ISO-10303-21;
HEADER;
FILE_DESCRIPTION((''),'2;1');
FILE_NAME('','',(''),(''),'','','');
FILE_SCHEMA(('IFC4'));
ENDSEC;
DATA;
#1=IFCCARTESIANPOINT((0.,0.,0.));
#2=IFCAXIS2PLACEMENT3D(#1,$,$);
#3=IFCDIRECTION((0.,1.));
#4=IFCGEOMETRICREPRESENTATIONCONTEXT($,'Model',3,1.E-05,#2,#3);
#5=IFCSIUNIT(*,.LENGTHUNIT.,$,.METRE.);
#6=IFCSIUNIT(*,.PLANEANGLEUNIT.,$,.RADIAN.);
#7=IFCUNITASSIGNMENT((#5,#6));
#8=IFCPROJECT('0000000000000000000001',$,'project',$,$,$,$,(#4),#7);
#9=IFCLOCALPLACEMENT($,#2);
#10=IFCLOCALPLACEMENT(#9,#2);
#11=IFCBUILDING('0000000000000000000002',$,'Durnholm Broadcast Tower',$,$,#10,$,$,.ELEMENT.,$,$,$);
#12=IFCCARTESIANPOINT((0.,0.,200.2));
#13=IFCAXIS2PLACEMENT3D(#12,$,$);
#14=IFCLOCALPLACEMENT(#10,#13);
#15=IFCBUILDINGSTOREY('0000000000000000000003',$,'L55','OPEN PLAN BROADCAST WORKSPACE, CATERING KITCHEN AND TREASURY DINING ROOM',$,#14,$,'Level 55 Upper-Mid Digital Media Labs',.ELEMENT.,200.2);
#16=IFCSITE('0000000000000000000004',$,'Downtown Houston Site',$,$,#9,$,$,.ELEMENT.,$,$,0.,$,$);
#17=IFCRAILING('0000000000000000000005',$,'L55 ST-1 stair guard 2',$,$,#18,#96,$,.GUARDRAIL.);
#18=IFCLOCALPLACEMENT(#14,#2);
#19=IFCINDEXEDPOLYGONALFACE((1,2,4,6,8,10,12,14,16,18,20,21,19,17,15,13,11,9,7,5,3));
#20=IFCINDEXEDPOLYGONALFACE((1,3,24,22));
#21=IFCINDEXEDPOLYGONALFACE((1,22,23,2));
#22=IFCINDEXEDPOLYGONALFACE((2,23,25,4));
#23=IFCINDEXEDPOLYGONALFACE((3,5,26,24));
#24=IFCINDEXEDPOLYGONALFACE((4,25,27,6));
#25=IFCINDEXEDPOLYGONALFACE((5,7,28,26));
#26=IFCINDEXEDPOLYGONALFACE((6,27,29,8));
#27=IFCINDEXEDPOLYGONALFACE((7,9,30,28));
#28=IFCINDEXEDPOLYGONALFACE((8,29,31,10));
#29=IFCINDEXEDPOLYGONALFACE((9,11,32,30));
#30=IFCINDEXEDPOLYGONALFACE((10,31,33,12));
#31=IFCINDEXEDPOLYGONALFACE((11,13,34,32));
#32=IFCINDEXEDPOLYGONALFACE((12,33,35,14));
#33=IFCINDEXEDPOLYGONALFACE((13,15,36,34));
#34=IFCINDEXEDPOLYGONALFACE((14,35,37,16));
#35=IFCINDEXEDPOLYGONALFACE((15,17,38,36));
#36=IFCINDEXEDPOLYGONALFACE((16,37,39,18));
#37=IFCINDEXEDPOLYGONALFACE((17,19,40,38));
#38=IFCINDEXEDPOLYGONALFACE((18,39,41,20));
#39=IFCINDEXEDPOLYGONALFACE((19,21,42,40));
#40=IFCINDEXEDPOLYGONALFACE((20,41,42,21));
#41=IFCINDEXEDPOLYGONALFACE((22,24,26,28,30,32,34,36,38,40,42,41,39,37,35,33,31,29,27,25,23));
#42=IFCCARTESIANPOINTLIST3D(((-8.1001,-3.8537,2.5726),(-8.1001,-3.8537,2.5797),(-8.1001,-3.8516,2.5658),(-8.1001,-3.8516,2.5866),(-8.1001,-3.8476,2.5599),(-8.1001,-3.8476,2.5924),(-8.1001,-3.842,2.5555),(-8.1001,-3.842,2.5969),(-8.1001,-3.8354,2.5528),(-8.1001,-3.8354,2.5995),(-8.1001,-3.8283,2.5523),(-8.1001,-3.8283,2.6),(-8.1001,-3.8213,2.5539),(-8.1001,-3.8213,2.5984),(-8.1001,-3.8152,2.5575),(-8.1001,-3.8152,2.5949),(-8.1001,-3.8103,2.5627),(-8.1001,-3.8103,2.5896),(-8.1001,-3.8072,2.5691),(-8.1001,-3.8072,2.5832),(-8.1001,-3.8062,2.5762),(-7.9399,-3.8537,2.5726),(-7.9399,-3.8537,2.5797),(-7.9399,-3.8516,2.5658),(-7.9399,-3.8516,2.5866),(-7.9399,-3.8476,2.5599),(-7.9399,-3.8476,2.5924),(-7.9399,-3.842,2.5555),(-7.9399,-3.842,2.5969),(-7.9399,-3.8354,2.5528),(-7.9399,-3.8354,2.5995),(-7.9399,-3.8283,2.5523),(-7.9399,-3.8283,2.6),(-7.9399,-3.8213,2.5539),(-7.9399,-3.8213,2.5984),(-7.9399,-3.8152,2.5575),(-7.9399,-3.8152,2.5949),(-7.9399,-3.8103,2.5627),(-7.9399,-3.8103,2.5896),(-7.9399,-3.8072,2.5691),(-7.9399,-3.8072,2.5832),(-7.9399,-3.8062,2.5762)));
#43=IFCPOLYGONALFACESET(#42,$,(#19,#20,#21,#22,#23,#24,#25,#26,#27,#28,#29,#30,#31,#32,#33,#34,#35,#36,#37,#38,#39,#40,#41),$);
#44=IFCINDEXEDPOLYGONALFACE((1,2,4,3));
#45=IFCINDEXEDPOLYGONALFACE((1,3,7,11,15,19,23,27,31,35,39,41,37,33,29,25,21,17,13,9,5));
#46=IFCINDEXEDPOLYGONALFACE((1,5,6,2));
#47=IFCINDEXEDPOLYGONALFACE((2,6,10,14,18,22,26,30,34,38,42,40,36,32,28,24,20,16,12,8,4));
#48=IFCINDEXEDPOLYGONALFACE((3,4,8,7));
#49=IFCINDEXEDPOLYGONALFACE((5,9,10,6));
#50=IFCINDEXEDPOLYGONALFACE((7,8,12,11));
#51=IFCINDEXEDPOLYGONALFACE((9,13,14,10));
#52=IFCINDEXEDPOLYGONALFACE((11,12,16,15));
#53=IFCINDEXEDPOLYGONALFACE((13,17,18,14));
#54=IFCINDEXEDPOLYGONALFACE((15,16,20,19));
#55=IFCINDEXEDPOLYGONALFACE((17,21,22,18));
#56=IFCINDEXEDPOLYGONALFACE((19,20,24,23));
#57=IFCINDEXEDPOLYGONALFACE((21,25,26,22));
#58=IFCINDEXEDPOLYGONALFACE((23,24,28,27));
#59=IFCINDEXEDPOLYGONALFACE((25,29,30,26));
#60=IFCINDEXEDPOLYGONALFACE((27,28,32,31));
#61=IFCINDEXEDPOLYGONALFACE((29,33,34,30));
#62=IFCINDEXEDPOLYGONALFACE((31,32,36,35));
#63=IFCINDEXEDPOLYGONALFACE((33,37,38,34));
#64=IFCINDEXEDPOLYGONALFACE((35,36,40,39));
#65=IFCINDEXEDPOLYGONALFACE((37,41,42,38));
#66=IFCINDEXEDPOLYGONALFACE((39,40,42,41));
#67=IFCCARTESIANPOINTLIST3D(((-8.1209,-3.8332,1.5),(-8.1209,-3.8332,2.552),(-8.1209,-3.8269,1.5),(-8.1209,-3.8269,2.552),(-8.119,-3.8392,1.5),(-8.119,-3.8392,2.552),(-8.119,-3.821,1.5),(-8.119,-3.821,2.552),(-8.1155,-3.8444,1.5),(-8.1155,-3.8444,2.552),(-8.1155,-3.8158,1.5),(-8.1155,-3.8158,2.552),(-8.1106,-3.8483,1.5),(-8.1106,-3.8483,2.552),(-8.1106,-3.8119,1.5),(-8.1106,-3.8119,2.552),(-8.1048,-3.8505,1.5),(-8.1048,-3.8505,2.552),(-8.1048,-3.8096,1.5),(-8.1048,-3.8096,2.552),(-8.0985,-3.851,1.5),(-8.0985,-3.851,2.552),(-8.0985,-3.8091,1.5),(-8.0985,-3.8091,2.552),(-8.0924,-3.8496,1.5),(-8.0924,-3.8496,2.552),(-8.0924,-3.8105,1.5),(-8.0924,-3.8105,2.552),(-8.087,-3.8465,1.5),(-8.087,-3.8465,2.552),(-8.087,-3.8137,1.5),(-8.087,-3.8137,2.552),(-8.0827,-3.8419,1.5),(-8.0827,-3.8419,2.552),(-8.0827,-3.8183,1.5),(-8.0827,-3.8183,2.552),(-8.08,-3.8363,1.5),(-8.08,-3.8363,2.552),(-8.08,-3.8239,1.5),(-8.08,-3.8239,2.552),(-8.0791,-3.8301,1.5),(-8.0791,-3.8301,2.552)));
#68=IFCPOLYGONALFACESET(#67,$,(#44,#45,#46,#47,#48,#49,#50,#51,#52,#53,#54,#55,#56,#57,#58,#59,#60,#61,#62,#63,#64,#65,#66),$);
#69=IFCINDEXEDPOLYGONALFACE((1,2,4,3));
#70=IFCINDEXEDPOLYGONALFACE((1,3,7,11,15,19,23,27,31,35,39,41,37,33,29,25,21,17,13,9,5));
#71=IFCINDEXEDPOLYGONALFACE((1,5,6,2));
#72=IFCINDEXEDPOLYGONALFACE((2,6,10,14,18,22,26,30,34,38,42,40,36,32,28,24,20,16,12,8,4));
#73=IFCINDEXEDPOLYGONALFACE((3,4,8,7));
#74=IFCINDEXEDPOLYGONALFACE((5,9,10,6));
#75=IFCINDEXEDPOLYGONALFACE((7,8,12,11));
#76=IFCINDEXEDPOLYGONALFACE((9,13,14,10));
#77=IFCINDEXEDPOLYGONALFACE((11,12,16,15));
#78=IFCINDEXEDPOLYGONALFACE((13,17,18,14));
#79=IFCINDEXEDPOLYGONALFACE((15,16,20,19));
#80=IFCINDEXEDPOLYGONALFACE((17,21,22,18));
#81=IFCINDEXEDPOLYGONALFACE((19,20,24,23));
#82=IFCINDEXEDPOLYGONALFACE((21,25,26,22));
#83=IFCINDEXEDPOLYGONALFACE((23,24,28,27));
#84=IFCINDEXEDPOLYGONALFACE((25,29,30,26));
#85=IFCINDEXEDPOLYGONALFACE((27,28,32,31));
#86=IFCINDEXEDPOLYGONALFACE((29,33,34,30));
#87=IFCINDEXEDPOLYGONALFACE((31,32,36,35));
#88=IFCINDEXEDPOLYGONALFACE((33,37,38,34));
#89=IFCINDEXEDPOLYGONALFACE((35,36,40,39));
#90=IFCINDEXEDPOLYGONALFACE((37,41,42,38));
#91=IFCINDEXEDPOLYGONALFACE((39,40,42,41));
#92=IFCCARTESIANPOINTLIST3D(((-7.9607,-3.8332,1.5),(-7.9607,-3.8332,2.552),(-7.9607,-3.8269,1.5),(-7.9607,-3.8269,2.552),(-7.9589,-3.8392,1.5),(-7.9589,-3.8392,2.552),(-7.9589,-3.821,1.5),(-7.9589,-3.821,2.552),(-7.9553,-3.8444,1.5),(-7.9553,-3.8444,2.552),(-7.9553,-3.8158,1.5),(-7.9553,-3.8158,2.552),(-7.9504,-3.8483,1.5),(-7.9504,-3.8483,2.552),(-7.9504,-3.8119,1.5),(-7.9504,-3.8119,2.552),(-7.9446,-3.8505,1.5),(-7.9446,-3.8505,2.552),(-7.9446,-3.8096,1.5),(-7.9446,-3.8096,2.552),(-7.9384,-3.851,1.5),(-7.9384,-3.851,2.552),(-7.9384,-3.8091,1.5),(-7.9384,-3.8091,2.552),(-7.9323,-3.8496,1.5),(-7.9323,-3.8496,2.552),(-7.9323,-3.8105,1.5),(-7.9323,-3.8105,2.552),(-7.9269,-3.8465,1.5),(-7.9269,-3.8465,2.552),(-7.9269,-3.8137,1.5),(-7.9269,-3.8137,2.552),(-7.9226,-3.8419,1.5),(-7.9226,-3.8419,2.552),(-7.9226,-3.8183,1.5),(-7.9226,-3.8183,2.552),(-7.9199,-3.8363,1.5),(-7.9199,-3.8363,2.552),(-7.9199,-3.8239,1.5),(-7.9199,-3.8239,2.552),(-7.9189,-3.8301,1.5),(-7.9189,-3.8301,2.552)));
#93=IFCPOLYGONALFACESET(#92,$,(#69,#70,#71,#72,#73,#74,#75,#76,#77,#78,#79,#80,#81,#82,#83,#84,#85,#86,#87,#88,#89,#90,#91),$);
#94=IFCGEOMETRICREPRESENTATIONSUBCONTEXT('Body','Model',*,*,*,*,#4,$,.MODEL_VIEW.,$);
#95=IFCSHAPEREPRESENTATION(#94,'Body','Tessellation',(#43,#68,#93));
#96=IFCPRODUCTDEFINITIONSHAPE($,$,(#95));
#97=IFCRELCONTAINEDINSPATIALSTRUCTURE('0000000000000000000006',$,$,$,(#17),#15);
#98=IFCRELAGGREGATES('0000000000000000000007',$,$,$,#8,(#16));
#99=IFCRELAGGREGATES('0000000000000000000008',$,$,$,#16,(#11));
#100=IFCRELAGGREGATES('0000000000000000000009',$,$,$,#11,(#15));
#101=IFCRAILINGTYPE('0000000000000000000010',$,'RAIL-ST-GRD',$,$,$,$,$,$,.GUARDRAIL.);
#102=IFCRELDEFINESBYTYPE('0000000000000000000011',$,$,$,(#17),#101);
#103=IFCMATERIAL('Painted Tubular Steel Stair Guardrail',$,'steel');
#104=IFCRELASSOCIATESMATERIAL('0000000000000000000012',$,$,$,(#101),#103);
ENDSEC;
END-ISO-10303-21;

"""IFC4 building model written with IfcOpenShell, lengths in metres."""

from ifc_helpers import new_model, si_unit, direction, frame, origin, origin_2d, place, context, subcontext, project, spatial, circle, extrude, material, type_object, element, save


model = new_model("IFC4")

# Units and contexts
model_context = context("Model", 3, precision=1e-05, world=origin(), true_north=direction((0.0, 1.0)))
body_context = subcontext(model_context, "Body", "Model", "MODEL_VIEW")
ifc_project = project(units=[si_unit("LENGTHUNIT", "METRE"), si_unit("PLANEANGLEUNIT", "RADIAN")], contexts=[model_context])

# Site, building, storey
site_placement = place(None, origin())
site = spatial("IfcSite", under=ifc_project, at=site_placement, Name="Downtown Houston Site", CompositionType="ELEMENT", RefElevation=0.0)
building_placement = place(site_placement, origin())
building = spatial("IfcBuilding", under=site, at=building_placement, Name="Durnholm Broadcast Tower", CompositionType="ELEMENT")
storey_placement = place(building_placement, frame((0.0, 0.0, 200.2)))
storey = spatial("IfcBuildingStorey", under=building, at=storey_placement, Name="L55", Description="OPEN PLAN BROADCAST WORKSPACE, CATERING KITCHEN AND TREASURY DINING ROOM", LongName="Level 55 Upper-Mid Digital Media Labs", CompositionType="ELEMENT", Elevation=200.2)

# Railing
ifc_material_1 = material(Name="Painted Tubular Steel Stair Guardrail", Category="steel")
railing_type_1 = type_object("IfcRailingType", Name="RAIL-ST-GRD", PredefinedType="GUARDRAIL", material=ifc_material_1)
railing_1_placement = place(storey_placement, frame((-8.1001, -3.8301, 1.5)))
element("IfcRailing", 1, at=railing_1_placement, inside=storey, type_object=railing_type_1, Name="L55 ST-1 stair guard 2", PredefinedType="GUARDRAIL", context=body_context, shape_type="SweptSolid", body=[
    extrude(circle(Radius=0.0239, at=origin_2d()), frame((0.0, 0.0, 1.0762), z_axis=(1.0, 0.0, 0.0), x_axis=(0.0, 1.0, 0.0)), (0.0, 0.0, 1.0), 0.1602),
    extrude(circle(Radius=0.021, at=origin_2d()), origin(), (0.0, 0.0, 1.0), 1.052),
    extrude(circle(Radius=0.021, at=origin_2d()), frame((0.1602, 0.0, 0.0)), (0.0, 0.0, 1.0), 1.052),
])

save(model, "model.ifc")
